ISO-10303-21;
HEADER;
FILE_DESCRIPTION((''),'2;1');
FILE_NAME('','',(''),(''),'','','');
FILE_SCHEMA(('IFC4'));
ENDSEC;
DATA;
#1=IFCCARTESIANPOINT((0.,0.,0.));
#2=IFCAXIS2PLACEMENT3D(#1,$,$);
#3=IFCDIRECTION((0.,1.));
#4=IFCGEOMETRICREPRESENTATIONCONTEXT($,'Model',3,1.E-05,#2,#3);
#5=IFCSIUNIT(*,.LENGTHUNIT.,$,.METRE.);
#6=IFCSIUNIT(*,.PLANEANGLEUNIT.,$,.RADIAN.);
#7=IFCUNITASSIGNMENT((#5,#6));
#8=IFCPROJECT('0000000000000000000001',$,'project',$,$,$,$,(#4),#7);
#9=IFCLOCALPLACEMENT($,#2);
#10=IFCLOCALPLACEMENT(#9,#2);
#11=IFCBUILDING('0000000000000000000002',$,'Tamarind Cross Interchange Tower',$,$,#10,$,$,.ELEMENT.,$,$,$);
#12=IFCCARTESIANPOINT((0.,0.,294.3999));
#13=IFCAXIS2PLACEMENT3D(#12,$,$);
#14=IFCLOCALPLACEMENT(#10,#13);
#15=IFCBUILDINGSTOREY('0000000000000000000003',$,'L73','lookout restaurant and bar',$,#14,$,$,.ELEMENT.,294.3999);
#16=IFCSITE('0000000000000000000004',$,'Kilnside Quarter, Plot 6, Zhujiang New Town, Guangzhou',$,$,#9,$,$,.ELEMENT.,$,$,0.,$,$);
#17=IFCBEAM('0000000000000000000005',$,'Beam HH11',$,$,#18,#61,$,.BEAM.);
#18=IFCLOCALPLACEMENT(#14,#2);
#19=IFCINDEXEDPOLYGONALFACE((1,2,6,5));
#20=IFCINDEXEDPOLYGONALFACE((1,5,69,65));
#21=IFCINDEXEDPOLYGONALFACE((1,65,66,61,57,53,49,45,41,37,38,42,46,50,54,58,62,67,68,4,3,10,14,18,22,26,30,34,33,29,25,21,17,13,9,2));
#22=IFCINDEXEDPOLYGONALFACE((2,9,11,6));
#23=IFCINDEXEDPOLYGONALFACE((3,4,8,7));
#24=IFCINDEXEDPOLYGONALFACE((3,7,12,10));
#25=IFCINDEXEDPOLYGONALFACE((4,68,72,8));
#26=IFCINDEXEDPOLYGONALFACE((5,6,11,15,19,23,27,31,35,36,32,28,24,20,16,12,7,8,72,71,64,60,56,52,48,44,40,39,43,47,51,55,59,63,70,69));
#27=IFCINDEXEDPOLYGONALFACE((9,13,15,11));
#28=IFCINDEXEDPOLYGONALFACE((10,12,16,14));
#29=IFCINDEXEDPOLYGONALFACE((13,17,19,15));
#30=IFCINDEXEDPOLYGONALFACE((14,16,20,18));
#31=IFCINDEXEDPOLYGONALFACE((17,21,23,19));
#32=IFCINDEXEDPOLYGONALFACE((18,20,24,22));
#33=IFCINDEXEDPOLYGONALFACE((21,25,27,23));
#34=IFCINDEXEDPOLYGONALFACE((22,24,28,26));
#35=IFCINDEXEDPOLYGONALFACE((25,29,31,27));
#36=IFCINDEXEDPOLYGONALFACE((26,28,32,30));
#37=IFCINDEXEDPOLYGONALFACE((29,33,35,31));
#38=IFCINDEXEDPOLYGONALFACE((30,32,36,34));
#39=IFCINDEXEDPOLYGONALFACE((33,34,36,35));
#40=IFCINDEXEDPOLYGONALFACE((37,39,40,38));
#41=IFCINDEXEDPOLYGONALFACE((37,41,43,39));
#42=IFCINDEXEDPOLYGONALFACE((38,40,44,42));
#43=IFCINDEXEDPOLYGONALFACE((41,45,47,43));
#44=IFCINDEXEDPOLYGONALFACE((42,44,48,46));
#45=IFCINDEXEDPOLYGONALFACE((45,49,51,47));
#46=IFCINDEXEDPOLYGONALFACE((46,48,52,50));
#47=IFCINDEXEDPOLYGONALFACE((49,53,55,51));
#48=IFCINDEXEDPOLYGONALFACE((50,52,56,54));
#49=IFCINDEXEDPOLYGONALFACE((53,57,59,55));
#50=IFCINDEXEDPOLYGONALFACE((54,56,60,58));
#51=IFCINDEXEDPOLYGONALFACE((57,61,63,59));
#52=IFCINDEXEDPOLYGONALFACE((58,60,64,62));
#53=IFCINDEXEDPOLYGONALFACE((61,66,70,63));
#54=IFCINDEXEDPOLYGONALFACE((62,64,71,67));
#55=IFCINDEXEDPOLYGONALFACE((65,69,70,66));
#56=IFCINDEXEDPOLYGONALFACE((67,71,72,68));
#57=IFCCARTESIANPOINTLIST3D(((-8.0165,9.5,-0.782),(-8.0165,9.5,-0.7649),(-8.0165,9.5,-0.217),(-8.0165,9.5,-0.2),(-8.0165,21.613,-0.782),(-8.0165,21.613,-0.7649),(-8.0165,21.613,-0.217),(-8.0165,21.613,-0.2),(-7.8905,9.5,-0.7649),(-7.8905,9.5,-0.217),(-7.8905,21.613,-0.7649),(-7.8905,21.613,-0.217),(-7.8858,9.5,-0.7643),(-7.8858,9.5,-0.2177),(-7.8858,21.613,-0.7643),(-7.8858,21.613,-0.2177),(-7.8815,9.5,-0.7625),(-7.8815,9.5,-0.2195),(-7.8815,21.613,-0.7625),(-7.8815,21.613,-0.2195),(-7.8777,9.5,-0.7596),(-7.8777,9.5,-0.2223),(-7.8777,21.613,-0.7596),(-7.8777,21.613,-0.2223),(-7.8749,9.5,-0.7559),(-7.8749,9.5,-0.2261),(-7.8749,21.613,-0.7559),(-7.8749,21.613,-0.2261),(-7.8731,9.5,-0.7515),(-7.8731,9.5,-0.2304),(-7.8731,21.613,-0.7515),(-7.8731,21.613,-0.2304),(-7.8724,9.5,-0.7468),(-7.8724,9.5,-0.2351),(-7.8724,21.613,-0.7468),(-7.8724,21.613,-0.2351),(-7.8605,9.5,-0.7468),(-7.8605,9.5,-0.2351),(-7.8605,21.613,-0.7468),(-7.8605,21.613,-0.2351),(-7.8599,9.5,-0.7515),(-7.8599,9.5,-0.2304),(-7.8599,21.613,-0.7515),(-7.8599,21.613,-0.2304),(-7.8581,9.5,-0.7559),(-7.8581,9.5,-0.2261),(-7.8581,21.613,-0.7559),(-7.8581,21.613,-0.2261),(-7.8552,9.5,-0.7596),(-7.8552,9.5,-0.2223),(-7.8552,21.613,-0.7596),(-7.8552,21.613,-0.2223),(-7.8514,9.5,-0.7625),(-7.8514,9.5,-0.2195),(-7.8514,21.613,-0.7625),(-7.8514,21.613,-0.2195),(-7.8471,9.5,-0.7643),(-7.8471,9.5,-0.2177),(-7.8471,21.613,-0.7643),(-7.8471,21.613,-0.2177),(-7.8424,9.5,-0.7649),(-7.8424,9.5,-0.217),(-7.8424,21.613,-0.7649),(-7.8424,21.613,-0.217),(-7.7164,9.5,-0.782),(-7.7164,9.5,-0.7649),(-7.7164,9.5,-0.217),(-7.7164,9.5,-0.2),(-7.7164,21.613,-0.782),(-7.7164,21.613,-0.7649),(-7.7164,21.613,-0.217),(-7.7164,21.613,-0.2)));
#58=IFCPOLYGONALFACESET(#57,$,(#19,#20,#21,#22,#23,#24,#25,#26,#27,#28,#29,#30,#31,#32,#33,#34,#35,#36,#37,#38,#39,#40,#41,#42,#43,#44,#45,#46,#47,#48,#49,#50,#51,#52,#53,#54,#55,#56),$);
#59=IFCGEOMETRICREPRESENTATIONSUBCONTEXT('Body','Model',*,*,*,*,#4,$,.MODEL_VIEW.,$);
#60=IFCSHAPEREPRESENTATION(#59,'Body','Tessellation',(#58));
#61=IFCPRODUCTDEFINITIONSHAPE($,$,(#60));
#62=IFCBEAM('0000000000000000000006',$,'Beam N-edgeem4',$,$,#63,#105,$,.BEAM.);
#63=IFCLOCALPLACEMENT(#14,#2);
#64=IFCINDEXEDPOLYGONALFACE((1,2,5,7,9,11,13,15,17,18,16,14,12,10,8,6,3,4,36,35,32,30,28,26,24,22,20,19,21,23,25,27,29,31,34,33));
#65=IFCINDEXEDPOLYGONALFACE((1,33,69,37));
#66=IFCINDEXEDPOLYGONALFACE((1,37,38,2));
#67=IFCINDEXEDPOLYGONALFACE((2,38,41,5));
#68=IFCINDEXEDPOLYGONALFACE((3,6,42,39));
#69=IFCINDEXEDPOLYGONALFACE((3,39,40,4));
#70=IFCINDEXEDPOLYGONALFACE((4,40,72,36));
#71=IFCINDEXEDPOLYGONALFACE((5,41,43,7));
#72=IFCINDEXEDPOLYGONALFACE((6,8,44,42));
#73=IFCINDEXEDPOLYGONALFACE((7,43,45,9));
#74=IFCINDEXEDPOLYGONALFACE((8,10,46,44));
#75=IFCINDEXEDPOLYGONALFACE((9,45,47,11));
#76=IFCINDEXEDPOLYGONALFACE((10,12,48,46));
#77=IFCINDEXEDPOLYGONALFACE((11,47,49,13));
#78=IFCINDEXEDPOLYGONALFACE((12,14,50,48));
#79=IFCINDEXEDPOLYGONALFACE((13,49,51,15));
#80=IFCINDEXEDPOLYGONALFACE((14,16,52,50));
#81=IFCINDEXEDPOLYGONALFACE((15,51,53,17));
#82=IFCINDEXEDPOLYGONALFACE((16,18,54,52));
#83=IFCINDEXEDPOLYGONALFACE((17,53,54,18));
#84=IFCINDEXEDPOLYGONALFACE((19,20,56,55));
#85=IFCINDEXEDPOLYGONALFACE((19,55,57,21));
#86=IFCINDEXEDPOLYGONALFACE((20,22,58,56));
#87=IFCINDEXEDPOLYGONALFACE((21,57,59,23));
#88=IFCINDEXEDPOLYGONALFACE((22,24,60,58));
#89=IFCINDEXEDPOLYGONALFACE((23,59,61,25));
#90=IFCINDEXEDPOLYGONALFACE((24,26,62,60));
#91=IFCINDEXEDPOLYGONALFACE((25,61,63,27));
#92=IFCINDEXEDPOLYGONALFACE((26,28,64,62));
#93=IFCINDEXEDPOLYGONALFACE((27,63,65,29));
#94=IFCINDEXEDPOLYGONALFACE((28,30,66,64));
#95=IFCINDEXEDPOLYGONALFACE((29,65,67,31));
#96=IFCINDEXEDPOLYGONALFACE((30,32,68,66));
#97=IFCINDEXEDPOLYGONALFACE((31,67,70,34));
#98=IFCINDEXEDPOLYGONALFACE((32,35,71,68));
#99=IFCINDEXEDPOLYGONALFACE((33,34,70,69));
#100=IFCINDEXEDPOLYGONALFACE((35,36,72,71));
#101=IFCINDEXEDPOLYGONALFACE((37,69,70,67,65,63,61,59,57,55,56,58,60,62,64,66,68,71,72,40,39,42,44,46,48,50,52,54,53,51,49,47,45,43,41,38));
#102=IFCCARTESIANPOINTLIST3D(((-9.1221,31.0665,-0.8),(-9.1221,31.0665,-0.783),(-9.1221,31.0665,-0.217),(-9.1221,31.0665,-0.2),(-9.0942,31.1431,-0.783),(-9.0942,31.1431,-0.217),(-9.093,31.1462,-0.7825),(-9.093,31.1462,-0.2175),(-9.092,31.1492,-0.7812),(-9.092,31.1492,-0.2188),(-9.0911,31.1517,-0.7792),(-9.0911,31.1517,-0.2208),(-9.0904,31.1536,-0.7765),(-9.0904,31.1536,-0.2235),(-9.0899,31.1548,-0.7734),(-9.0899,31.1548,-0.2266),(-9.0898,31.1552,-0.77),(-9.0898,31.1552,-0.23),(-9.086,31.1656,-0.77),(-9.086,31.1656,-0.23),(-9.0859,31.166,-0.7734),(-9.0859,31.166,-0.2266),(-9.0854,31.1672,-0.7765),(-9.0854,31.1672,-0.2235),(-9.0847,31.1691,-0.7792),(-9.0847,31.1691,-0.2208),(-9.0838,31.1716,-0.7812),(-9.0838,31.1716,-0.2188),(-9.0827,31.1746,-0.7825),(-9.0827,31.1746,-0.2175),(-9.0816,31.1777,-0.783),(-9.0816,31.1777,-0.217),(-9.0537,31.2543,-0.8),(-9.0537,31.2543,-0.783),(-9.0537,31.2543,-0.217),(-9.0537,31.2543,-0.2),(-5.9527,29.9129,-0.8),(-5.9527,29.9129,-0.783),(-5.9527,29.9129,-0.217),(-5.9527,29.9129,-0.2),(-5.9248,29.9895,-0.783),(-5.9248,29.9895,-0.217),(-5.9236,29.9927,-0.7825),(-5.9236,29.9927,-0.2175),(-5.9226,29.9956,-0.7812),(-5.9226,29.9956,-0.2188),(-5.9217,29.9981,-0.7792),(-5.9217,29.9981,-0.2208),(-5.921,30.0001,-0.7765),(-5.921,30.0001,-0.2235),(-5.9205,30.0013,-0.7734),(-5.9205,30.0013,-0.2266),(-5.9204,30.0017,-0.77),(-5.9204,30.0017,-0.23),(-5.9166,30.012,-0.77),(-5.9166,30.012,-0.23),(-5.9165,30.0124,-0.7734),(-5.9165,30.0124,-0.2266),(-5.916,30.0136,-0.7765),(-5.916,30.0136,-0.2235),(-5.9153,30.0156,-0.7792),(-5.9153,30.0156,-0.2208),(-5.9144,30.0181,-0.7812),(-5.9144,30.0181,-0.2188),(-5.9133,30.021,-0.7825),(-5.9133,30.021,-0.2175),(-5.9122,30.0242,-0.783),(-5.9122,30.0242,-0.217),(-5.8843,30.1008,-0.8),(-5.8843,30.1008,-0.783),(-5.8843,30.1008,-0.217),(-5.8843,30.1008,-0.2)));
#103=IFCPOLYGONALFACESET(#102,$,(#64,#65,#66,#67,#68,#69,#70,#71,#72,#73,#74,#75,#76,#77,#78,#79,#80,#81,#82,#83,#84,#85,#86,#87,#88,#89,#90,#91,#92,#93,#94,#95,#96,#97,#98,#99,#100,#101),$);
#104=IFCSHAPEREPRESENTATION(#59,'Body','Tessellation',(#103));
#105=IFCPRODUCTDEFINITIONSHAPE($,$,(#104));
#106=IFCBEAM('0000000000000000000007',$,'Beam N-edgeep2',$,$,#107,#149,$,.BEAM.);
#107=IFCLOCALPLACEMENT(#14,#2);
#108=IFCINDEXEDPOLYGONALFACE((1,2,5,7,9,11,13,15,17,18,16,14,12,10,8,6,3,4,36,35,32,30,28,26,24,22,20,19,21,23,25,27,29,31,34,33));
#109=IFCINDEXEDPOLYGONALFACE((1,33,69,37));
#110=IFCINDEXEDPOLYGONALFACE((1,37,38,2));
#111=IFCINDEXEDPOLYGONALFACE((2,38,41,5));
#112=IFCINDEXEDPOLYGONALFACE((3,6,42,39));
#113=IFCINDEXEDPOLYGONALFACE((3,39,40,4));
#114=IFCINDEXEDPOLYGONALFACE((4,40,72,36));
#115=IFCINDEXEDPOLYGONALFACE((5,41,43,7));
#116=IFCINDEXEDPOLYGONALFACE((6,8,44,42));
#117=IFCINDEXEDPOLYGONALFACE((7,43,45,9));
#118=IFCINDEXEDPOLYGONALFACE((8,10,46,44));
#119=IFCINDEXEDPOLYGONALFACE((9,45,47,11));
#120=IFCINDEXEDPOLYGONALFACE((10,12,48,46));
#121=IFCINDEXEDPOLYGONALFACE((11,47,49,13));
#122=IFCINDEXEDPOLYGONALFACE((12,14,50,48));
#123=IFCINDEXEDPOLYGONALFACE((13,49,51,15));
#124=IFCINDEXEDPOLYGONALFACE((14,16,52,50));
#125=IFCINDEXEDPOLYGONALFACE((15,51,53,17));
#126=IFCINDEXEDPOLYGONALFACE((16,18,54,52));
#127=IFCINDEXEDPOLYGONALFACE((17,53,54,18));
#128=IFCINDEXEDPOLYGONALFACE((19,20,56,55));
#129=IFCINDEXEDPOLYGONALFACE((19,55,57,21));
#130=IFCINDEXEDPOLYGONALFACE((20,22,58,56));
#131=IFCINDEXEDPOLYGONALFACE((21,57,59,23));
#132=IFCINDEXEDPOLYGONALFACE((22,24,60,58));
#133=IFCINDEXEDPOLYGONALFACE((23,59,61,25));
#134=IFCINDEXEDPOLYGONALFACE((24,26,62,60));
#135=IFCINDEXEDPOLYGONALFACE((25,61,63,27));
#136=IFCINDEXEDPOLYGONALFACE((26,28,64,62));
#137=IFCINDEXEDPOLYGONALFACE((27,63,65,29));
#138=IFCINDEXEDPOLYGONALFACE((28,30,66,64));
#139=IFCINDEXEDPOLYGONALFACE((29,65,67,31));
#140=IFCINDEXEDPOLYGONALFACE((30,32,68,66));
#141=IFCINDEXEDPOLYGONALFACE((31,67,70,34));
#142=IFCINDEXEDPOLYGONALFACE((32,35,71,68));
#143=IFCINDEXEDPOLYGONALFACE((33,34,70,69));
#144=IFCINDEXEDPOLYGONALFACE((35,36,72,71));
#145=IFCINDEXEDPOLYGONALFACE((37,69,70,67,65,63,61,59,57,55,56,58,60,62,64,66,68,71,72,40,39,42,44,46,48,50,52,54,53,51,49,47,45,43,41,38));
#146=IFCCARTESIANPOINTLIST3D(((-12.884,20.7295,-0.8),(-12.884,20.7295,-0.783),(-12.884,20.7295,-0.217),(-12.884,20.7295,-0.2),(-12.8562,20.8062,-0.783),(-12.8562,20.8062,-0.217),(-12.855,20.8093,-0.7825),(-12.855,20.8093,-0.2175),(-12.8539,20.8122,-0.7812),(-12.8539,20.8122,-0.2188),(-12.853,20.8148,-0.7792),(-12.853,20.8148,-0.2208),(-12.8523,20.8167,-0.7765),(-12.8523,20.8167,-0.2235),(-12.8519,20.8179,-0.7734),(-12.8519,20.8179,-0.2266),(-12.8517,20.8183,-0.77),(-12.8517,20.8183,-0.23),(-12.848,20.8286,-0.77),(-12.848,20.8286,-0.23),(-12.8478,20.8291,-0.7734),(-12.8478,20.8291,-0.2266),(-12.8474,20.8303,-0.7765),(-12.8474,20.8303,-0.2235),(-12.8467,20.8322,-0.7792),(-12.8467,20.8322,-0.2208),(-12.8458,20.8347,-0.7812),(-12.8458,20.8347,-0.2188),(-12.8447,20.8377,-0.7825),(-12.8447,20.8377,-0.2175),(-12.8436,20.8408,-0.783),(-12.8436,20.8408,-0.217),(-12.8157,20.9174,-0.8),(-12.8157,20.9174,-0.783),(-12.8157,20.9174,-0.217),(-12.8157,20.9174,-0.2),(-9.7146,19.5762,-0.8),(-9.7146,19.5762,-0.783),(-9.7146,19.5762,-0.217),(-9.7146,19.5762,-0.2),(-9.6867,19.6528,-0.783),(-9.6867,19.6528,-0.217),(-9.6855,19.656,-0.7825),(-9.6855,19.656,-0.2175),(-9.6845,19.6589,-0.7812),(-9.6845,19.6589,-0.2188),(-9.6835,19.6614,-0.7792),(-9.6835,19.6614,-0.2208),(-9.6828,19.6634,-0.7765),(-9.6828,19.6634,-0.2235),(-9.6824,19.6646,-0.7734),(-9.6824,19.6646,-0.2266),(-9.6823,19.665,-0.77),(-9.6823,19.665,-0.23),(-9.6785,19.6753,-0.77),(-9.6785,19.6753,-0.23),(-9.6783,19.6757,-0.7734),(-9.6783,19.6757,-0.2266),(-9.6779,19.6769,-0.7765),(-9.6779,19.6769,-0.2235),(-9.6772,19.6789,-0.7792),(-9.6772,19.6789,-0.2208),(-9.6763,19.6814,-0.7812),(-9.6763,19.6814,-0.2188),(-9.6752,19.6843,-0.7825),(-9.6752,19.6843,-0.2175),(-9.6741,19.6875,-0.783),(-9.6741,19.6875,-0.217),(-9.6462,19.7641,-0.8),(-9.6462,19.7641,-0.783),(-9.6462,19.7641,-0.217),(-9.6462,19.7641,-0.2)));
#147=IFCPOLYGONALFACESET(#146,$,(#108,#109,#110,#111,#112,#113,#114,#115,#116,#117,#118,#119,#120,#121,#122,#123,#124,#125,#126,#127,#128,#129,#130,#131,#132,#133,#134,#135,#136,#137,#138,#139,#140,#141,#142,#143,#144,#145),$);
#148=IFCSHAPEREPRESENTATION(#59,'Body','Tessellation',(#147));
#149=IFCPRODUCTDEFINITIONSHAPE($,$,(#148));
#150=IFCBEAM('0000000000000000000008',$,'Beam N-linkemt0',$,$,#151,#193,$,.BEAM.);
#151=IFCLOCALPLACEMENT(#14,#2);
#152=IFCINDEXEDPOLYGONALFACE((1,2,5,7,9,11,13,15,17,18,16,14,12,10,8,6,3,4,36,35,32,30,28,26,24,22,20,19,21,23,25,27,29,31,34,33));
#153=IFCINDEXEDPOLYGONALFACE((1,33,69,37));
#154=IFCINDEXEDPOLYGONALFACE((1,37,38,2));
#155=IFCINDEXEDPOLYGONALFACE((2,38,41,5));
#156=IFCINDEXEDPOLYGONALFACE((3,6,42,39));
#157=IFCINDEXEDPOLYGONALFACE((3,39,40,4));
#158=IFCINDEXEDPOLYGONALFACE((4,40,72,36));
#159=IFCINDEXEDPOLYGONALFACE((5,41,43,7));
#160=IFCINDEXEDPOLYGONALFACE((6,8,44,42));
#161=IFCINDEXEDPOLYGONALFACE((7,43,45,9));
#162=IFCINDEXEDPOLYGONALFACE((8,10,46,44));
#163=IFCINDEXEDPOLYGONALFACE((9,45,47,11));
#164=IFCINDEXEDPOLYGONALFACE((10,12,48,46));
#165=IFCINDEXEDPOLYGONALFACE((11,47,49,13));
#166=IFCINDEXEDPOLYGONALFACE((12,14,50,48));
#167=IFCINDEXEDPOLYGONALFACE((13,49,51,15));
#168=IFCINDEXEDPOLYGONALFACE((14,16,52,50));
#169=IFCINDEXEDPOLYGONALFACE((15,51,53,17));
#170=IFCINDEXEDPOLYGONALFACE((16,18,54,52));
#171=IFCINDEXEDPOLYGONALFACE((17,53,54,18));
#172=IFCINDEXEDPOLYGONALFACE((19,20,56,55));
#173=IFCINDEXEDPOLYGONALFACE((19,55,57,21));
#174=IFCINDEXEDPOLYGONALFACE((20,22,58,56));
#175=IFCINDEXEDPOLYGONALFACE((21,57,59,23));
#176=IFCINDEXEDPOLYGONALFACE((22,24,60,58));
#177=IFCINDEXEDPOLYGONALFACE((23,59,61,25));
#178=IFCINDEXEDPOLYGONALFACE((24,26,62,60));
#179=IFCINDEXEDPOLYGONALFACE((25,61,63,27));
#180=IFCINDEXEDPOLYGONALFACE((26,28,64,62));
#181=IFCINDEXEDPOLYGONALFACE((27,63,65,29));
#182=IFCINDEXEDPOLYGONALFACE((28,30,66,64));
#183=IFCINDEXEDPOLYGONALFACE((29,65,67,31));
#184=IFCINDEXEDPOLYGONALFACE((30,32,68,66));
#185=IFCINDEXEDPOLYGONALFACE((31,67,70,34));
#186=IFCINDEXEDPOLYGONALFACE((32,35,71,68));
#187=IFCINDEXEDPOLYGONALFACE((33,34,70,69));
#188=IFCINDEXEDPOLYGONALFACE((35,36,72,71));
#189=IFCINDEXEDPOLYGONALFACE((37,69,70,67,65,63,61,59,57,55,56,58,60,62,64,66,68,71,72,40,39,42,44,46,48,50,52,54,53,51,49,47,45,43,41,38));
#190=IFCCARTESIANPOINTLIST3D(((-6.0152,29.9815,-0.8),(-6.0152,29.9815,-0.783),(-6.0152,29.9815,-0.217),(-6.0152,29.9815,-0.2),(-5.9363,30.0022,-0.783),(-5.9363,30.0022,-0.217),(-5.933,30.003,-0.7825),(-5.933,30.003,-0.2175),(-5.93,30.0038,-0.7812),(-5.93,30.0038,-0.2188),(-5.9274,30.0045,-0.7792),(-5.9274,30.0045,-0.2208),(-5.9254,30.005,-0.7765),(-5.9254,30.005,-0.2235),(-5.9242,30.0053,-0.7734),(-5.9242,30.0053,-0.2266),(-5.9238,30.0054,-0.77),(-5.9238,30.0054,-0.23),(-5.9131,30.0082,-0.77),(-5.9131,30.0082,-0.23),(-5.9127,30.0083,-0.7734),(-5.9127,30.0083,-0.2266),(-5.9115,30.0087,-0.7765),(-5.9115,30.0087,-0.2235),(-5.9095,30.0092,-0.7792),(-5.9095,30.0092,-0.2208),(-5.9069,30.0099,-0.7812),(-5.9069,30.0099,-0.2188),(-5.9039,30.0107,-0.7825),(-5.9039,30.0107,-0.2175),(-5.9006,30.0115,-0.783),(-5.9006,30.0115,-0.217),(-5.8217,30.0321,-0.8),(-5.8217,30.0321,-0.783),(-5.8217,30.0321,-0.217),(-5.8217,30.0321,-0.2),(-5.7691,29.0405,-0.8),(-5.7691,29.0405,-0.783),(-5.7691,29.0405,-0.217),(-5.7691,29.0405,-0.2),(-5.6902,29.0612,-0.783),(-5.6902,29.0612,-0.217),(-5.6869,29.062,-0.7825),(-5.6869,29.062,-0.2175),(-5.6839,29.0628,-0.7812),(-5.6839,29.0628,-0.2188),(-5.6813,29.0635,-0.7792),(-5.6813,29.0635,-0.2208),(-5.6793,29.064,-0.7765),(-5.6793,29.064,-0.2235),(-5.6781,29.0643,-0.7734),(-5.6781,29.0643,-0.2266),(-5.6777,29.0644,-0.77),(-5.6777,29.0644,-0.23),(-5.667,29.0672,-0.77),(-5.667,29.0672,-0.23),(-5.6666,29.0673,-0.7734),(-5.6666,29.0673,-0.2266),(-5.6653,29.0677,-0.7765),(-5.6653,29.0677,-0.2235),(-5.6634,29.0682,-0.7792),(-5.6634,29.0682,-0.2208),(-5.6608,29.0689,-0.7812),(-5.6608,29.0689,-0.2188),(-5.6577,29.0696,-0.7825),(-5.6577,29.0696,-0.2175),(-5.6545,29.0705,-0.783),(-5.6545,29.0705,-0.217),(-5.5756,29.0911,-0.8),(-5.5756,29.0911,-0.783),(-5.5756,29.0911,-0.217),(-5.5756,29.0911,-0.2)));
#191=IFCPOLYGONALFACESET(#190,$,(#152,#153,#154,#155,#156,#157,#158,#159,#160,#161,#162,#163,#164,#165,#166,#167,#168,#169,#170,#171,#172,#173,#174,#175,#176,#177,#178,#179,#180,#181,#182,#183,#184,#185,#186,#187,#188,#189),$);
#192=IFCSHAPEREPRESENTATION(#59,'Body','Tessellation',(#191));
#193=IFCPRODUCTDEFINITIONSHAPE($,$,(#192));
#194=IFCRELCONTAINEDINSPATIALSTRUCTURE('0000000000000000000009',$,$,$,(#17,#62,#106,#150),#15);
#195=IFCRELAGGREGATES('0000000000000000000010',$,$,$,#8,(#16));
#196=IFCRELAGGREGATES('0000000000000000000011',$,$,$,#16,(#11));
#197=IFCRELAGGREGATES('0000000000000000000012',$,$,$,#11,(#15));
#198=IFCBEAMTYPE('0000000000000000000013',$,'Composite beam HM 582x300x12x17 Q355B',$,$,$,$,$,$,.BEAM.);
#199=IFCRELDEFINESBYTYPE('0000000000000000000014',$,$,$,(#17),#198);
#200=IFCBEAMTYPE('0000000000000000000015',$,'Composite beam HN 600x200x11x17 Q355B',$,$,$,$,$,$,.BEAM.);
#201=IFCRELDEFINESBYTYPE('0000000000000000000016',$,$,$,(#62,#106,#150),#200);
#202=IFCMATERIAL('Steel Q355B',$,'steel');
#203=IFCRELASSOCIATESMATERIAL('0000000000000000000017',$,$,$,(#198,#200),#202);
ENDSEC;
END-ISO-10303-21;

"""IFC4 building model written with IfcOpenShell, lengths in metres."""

from ifc_helpers import new_model, si_unit, direction, frame, origin, origin_2d, place, context, subcontext, project, spatial, i_section, extrude, material, material_profile, profile_set, type_object, element, save


model = new_model("IFC4")

# Units and contexts
model_context = context("Model", 3, precision=1e-05, world=origin(), true_north=direction((0.0, 1.0)))
body_context = subcontext(model_context, "Body", "Model", "MODEL_VIEW")
ifc_project = project(units=[si_unit("LENGTHUNIT", "METRE"), si_unit("PLANEANGLEUNIT", "RADIAN")], contexts=[model_context])

# Site, building, storey
site_placement = place(None, origin())
site = spatial("IfcSite", under=ifc_project, at=site_placement, Name="Kilnside Quarter, Plot 6, Zhujiang New Town, Guangzhou", CompositionType="ELEMENT", RefElevation=0.0)
building_placement = place(site_placement, origin())
building = spatial("IfcBuilding", under=site, at=building_placement, Name="Tamarind Cross Interchange Tower", CompositionType="ELEMENT")
storey_placement = place(building_placement, frame((0.0, 0.0, 294.3999)))
storey = spatial("IfcBuildingStorey", under=building, at=storey_placement, Name="L73", Description="lookout restaurant and bar", CompositionType="ELEMENT", Elevation=294.3999)

# Beams
ifc_material_1 = material(Name="Steel Q355B", Category="steel")
ifc_material_profile_1 = material_profile(ifc_material_1, i_section(OverallWidth=0.3, OverallDepth=0.582, WebThickness=0.012, FlangeThickness=0.0171, FilletRadius=0.0181, at=origin_2d()), Name="HM 582x300x12x17")
ifc_profile_set_1 = profile_set([ifc_material_profile_1], Name="Steel Q355B")
beam_type_1 = type_object("IfcBeamType", Name="Composite beam HM 582x300x12x17 Q355B", PredefinedType="BEAM", material=ifc_profile_set_1)
beam_1_placement = place(storey_placement, frame((-7.8665, 21.613, -0.491), z_axis=(0.0, -1.0, 0.0), x_axis=(1.0, 0.0, 0.0)))
element("IfcBeam", 1, at=beam_1_placement, inside=storey, type_object=beam_type_1, Name="Beam HH11", PredefinedType="BEAM", context=body_context, shape_type="SweptSolid", body=[
    extrude(i_section(OverallWidth=0.3, OverallDepth=0.582, WebThickness=0.012, FlangeThickness=0.0171, FilletRadius=0.0181, at=origin_2d()), origin(), (0.0, 0.0, 1.0), 12.113),
])
ifc_material_profile_2 = material_profile(ifc_material_1, i_section(OverallWidth=0.2, OverallDepth=0.6001, WebThickness=0.011, FlangeThickness=0.0171, FilletRadius=0.0129, at=origin_2d()), Name="HN 600x200x11x17")
ifc_profile_set_2 = profile_set([ifc_material_profile_2], Name="Steel Q355B")
beam_type_2 = type_object("IfcBeamType", Name="Composite beam HN 600x200x11x17 Q355B", PredefinedType="BEAM", material=ifc_profile_set_2)
for number, where, z_axis, x_axis, name in (
    (2, (-9.0879, 31.1604, -0.5), (0.939694, -0.342016, 0.0), (0.342016, 0.939694, 0.0), "Beam N-edgeem4"),
    (3, (-12.8499, 20.8235, -0.5), (0.939717, -0.341952, 0.0), (0.341952, 0.939717, 0.0), "Beam N-edgeep2"),
):
    element("IfcBeam", number, at=place(storey_placement, frame(where, z_axis=z_axis, x_axis=x_axis)), inside=storey, type_object=beam_type_2, Name=name, PredefinedType="BEAM", context=body_context, shape_type="SweptSolid", body=[
        extrude(i_section(OverallWidth=0.2, OverallDepth=0.6001, WebThickness=0.011, FlangeThickness=0.0171, FilletRadius=0.0129, at=origin_2d()), origin(), (0.0, 0.0, 1.0), 3.3728),
    ])
beam_2_placement = place(storey_placement, frame((-5.9185, 30.0068, -0.5), z_axis=(0.253035, -0.967457, 0.0), x_axis=(0.967457, 0.253035, 0.0)))
element("IfcBeam", 4, at=beam_2_placement, inside=storey, type_object=beam_type_2, Name="Beam N-linkemt0", PredefinedType="BEAM", context=body_context, shape_type="SweptSolid", body=[
    extrude(i_section(OverallWidth=0.2, OverallDepth=0.6001, WebThickness=0.011, FlangeThickness=0.0171, FilletRadius=0.0129, at=origin_2d()), origin(), (0.0, 0.0, 1.0), 0.9727),
])

save(model, "model.ifc")
